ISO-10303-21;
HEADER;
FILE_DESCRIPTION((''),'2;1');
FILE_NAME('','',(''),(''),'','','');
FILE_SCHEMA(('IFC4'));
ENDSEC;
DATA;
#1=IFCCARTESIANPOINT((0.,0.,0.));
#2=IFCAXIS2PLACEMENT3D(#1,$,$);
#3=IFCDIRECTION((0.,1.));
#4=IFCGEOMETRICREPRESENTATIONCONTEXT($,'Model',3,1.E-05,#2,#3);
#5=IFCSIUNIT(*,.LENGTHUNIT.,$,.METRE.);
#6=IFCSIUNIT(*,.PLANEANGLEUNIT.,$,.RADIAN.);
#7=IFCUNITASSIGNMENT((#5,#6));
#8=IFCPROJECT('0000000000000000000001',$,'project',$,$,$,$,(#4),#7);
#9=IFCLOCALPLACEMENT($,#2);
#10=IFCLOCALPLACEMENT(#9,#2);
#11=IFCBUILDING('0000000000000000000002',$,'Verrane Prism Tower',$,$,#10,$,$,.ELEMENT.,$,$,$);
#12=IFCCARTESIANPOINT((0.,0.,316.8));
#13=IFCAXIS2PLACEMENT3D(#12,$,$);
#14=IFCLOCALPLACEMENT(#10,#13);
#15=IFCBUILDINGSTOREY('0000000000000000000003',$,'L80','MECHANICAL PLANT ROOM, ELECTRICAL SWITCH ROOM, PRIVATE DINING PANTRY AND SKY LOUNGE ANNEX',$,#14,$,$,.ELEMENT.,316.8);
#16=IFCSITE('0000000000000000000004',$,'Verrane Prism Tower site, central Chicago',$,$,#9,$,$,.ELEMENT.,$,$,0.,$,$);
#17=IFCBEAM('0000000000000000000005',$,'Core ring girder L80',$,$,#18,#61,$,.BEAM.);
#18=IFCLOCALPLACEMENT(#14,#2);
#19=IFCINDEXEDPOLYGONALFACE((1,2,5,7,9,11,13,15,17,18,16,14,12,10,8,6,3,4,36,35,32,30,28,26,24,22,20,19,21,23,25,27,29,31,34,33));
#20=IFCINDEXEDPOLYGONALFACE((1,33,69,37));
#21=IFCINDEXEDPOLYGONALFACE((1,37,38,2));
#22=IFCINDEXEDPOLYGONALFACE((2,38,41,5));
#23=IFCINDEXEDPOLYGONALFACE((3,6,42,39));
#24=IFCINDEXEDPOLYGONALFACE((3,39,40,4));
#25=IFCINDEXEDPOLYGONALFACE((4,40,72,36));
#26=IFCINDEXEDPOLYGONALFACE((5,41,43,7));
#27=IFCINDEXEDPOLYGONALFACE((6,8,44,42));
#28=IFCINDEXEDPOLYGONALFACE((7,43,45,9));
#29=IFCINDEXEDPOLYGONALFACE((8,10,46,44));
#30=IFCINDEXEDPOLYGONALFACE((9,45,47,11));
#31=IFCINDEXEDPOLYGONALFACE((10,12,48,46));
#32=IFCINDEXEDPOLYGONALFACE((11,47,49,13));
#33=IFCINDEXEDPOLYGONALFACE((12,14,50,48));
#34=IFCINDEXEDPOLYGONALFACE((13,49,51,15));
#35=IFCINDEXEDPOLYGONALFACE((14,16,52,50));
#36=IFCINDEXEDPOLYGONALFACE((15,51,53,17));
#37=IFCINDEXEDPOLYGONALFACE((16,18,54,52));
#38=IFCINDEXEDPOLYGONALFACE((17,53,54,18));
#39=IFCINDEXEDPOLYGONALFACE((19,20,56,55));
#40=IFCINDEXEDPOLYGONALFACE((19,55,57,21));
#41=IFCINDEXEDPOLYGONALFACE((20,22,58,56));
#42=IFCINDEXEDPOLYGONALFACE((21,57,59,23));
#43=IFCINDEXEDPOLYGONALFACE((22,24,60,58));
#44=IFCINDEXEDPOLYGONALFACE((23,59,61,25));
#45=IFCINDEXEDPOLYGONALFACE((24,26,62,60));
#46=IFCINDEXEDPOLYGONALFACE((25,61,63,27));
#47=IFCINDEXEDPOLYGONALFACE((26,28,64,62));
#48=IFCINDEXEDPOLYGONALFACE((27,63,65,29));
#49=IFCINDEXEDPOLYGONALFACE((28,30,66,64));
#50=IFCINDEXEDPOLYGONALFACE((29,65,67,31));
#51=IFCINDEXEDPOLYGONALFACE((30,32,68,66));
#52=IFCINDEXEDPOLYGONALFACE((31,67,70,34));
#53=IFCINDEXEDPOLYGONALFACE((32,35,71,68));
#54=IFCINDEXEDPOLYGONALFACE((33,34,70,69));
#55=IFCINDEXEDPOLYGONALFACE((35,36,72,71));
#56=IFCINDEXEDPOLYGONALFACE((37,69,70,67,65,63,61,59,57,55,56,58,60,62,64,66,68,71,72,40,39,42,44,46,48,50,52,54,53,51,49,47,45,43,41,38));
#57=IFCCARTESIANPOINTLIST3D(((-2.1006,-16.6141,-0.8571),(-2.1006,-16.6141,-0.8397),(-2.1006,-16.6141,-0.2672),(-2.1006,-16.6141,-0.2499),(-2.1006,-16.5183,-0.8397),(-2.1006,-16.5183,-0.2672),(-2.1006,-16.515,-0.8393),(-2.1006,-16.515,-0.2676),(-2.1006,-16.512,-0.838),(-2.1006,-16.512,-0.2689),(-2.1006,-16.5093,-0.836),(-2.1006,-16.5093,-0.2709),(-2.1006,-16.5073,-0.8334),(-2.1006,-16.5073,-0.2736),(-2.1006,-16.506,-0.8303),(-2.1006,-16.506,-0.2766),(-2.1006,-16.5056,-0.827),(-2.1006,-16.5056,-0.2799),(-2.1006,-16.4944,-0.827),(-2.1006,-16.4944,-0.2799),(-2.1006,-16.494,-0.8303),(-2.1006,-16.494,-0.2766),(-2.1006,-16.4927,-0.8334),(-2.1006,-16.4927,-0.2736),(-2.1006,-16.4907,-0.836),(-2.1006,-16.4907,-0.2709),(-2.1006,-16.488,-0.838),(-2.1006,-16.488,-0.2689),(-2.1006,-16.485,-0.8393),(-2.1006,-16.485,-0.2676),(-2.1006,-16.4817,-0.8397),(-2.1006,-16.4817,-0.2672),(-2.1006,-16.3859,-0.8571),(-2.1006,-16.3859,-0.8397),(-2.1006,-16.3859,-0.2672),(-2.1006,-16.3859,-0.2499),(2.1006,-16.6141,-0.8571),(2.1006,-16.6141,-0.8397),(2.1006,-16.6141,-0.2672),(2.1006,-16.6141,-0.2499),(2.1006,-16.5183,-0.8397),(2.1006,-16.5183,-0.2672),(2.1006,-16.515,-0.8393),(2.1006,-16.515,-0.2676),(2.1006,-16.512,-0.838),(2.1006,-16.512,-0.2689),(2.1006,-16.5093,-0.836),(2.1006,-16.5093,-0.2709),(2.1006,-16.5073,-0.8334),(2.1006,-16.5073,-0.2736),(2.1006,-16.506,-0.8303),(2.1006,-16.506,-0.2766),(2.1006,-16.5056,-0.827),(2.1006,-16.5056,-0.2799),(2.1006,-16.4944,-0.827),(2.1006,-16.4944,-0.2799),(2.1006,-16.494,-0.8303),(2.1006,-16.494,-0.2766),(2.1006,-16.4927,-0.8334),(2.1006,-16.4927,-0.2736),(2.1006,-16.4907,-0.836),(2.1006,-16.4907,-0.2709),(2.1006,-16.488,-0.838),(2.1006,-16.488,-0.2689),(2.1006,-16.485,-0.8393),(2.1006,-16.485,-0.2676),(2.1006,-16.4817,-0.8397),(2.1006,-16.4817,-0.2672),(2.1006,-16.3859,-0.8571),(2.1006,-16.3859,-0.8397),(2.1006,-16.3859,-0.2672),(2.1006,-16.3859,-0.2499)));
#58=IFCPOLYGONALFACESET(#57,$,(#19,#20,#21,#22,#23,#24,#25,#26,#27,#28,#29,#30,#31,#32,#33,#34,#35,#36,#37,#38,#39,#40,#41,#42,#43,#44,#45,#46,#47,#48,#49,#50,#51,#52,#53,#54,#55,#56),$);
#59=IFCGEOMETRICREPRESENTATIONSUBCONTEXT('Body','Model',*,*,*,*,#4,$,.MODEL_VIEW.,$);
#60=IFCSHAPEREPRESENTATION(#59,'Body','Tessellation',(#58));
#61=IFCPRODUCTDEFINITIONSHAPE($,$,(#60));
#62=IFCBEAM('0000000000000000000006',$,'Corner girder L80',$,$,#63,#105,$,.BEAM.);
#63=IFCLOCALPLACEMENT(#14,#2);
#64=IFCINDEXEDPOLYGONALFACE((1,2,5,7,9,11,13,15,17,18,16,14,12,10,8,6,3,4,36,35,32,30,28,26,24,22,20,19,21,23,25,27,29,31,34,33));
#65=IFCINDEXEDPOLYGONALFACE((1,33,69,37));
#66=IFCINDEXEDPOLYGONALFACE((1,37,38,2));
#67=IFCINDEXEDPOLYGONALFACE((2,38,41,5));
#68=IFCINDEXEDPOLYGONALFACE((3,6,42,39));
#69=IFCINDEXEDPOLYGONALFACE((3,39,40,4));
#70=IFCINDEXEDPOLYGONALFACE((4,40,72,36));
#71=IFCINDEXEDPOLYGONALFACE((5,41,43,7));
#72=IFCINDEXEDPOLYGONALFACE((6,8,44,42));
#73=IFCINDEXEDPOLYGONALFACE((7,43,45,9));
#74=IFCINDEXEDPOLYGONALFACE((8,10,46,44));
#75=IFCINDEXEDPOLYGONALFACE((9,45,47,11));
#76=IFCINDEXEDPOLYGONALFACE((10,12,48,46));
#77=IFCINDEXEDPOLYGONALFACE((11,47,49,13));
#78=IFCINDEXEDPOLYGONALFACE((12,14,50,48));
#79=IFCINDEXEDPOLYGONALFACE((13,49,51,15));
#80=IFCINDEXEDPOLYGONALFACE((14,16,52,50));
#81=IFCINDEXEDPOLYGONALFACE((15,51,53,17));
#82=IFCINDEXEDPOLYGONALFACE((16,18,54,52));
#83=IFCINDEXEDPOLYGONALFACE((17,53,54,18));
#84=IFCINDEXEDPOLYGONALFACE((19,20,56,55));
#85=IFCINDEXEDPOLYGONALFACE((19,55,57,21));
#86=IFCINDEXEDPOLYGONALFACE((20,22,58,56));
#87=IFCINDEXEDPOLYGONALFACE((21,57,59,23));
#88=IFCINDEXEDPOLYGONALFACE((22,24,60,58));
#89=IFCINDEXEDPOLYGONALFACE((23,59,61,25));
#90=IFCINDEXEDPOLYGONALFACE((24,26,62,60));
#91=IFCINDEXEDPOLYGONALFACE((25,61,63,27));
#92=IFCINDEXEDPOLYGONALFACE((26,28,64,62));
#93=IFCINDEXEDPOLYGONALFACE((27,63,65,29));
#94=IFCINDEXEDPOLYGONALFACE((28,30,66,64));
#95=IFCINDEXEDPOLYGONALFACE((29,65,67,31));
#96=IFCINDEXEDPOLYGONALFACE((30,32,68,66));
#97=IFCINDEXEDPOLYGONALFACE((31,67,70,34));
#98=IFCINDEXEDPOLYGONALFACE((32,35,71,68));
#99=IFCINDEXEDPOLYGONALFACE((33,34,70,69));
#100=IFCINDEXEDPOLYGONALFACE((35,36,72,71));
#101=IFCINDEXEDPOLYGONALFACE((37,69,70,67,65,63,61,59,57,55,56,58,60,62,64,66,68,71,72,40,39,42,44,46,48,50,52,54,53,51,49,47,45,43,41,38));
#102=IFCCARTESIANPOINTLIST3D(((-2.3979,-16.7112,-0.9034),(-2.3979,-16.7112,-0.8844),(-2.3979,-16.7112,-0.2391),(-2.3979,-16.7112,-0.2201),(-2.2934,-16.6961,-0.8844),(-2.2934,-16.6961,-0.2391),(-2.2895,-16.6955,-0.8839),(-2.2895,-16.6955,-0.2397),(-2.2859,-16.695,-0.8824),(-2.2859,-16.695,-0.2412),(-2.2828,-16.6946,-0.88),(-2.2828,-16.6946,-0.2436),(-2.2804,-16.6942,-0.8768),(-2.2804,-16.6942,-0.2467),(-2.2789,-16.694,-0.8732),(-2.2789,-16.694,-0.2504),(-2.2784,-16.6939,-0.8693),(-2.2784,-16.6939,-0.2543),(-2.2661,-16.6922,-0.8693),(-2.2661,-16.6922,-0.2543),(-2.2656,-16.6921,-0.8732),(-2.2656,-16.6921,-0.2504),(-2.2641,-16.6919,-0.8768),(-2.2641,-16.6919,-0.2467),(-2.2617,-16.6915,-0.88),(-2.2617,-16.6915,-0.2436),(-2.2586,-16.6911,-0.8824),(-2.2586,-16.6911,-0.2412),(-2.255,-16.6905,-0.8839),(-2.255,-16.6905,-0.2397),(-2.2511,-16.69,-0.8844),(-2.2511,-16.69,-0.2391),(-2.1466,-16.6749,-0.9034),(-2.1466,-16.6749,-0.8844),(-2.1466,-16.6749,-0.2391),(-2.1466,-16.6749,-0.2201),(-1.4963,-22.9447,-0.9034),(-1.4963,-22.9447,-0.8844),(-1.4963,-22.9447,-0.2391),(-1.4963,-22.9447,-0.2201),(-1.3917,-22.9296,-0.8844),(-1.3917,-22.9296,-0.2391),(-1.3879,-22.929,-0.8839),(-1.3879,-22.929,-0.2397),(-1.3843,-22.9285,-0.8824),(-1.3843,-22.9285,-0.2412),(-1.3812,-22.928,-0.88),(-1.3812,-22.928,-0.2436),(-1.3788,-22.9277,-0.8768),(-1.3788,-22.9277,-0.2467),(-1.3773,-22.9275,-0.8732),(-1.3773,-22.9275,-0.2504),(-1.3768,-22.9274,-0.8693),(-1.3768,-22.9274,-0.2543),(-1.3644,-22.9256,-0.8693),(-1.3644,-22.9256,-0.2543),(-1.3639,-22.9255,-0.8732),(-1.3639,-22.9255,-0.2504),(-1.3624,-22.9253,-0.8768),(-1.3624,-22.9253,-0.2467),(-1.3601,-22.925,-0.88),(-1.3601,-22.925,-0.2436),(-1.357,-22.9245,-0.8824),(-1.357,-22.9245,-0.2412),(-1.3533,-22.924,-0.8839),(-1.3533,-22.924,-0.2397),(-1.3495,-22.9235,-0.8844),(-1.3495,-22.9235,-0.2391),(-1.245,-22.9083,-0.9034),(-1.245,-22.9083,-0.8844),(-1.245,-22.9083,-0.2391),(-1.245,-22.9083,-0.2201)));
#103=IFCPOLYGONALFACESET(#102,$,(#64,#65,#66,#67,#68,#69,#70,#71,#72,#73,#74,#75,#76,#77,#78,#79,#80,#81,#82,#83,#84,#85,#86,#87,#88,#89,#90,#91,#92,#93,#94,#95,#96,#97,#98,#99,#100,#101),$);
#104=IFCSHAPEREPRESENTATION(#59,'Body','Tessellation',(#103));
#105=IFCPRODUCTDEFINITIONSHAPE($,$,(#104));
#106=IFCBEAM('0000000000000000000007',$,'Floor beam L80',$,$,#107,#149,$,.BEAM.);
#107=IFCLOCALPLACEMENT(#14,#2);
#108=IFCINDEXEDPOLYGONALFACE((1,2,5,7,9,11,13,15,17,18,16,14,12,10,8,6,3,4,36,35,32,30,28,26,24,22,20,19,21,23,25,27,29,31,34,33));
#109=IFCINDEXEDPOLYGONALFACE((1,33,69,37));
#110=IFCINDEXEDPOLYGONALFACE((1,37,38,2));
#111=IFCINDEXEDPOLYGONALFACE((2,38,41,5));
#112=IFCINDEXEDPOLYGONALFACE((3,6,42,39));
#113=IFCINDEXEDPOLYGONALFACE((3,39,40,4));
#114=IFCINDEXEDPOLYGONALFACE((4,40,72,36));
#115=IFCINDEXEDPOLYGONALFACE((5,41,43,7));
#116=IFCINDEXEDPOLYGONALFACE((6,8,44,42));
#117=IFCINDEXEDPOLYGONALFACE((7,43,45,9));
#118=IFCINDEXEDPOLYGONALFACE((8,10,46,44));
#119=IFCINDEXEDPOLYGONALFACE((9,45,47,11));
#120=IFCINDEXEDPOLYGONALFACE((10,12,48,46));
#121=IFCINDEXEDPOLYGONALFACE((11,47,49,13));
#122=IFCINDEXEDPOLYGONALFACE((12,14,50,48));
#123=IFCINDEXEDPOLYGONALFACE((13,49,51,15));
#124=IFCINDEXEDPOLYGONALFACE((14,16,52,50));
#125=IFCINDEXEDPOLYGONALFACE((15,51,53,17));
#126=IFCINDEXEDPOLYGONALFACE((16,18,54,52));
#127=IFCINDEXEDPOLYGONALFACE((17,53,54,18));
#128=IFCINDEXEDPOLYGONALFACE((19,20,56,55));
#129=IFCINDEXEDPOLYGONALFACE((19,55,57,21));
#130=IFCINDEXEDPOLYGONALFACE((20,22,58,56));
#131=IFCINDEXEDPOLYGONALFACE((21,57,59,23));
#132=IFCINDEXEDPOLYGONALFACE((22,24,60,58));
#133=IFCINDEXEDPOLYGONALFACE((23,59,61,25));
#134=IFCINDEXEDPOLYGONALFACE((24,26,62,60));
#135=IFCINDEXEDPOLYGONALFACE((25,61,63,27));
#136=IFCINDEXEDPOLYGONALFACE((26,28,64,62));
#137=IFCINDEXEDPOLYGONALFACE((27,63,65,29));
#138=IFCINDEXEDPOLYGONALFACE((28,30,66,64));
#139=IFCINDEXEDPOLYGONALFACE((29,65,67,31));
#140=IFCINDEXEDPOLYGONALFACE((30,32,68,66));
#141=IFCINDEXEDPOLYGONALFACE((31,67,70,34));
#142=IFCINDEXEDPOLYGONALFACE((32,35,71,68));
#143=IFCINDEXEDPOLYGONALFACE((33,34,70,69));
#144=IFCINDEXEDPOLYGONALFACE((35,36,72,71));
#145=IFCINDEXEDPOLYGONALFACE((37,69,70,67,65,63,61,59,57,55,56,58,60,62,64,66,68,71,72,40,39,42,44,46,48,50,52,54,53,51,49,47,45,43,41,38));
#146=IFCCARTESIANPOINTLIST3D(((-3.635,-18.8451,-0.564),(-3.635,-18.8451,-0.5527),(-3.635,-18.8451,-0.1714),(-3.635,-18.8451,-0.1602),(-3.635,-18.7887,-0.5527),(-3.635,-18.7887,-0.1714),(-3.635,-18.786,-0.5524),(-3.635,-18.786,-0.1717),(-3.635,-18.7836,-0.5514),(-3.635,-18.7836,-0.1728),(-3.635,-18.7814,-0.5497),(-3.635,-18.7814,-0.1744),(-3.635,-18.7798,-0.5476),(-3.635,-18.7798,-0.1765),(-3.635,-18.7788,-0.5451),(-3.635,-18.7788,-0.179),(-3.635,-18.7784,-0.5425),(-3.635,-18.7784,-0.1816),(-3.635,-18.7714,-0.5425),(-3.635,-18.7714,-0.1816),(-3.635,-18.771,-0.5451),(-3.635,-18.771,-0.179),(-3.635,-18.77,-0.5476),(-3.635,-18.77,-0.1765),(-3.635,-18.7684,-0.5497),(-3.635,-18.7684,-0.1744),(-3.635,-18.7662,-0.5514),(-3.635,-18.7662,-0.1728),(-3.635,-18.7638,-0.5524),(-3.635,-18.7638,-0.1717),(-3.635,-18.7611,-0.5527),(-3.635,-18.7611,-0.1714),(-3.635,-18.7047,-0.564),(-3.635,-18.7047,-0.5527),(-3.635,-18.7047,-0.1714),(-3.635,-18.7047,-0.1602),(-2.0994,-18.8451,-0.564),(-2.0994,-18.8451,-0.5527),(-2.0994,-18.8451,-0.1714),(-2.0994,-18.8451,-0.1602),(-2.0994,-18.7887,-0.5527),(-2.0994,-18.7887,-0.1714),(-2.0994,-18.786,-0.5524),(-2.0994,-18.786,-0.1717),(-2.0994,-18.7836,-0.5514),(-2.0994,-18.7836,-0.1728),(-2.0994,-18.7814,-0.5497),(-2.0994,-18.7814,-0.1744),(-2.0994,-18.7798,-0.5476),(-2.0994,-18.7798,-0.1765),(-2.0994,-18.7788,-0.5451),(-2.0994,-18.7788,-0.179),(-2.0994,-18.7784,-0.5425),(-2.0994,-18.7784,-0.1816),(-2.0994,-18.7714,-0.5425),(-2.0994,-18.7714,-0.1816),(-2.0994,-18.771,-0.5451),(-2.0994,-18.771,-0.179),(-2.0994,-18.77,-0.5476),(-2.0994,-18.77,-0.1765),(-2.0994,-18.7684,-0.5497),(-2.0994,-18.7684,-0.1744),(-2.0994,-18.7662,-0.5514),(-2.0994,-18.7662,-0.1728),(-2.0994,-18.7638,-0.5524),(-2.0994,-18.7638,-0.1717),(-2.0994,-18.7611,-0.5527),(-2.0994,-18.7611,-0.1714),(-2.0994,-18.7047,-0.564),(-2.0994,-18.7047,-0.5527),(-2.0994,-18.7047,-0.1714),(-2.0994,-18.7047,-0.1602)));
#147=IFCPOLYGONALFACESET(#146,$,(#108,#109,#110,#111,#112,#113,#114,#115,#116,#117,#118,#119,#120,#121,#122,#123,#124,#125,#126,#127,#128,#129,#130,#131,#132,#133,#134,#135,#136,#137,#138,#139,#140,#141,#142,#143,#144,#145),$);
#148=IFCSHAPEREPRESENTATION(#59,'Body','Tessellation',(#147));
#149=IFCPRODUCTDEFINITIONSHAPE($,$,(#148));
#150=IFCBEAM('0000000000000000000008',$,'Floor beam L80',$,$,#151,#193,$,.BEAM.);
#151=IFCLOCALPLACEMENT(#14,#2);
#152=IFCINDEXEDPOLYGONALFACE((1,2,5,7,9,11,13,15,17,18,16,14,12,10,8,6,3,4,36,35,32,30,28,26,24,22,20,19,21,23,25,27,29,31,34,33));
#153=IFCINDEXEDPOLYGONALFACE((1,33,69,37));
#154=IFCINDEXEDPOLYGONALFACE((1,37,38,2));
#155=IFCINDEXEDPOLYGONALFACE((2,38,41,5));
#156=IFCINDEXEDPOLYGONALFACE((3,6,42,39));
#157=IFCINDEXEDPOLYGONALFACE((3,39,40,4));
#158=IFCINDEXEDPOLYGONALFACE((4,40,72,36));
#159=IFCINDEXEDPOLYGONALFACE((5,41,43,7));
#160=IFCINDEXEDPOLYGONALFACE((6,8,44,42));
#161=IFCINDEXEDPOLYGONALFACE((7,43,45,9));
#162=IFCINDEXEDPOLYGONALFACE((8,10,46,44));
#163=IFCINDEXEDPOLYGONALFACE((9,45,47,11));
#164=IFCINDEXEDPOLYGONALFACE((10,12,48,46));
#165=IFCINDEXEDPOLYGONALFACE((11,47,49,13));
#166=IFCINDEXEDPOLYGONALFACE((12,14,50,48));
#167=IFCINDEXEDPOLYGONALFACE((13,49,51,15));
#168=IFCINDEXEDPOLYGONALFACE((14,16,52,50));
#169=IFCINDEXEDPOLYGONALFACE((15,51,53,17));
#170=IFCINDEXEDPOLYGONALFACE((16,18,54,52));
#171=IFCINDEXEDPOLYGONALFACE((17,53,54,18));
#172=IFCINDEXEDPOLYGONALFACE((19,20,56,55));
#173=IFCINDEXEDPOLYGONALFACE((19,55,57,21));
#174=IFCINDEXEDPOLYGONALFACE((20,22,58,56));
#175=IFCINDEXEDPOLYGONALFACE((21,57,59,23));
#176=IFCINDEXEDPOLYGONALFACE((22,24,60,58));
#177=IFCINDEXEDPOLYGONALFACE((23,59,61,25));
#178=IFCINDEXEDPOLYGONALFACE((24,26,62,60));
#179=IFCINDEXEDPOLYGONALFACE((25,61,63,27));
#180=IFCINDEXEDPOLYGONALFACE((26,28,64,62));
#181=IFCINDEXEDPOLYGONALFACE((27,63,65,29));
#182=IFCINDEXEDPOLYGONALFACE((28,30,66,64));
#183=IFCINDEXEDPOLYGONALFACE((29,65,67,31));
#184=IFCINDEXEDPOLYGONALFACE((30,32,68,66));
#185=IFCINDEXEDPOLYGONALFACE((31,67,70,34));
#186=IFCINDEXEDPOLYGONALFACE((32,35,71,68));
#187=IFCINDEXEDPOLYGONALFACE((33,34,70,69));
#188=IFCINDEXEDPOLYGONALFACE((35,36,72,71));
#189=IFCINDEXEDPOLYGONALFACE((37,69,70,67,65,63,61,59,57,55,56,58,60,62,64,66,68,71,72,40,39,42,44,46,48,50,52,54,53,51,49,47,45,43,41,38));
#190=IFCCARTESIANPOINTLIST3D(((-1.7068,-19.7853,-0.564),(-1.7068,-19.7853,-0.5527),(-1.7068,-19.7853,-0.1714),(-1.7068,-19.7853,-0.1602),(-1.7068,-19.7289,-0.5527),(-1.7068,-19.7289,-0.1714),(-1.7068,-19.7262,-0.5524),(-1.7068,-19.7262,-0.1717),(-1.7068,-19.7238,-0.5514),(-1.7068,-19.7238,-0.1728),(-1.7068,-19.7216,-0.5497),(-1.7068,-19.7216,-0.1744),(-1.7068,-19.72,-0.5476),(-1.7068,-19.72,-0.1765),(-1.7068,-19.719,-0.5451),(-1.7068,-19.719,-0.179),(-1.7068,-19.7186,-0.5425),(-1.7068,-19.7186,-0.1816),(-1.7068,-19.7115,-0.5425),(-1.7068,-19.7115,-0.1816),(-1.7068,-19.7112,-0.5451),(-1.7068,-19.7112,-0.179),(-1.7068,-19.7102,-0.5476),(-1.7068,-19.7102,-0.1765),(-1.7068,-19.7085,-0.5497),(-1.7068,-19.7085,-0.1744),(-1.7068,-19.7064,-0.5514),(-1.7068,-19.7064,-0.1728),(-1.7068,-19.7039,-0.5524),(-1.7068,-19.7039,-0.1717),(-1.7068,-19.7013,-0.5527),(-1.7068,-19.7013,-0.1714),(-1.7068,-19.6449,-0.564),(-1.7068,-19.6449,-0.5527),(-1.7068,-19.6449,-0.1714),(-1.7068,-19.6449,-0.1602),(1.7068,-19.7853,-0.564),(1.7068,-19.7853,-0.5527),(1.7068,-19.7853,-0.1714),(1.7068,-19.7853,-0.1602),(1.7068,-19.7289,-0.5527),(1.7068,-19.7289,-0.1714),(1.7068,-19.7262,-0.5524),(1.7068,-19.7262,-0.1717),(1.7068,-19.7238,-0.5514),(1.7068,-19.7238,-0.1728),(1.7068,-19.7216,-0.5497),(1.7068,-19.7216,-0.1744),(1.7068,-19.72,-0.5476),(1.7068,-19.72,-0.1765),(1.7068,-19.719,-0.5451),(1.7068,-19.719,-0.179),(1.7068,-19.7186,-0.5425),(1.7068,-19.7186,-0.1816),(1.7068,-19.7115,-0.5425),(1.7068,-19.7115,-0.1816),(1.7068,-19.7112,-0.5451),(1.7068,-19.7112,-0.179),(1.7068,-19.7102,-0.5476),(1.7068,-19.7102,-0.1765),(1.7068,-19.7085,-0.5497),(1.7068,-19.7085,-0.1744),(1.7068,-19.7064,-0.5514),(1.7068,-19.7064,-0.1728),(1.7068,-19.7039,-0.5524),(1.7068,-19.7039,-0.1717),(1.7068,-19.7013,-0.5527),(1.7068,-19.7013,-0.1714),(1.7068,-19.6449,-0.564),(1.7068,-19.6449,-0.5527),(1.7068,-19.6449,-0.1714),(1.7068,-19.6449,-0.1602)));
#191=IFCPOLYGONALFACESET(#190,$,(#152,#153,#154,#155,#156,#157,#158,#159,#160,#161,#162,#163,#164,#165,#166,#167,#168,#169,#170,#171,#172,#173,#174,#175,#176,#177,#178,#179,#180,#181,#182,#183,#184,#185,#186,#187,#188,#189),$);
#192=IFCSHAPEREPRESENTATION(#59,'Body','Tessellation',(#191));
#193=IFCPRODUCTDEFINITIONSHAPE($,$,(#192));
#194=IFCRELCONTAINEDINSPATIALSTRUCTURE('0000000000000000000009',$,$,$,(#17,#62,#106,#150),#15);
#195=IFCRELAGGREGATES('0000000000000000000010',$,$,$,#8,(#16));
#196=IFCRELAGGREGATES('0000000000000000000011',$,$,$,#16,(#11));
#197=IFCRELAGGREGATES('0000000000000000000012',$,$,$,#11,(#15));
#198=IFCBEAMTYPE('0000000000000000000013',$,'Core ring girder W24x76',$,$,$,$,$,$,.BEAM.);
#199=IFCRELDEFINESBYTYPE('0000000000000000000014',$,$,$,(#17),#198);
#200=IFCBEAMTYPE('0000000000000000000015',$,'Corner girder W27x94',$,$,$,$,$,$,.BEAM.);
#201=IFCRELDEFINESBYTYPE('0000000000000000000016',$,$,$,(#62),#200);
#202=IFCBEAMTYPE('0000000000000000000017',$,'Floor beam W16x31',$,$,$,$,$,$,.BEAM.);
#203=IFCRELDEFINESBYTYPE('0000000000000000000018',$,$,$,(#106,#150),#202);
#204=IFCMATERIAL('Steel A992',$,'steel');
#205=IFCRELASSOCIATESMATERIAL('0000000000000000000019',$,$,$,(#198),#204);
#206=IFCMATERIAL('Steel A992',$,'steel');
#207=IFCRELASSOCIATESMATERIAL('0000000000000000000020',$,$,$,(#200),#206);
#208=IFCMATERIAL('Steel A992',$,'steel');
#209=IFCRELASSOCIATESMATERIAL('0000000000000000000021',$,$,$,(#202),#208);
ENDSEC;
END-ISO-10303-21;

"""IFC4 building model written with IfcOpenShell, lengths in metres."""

from ifc_helpers import new_model, si_unit, direction, frame, origin, origin_2d, place, context, subcontext, project, spatial, i_section, extrude, material, material_profile, profile_set, type_object, element, save


model = new_model("IFC4")

# Units and contexts
model_context = context("Model", 3, precision=1e-05, world=origin(), true_north=direction((0.0, 1.0)))
body_context = subcontext(model_context, "Body", "Model", "MODEL_VIEW")
ifc_project = project(units=[si_unit("LENGTHUNIT", "METRE"), si_unit("PLANEANGLEUNIT", "RADIAN")], contexts=[model_context])

# Site, building, storey
site_placement = place(None, origin())
site = spatial("IfcSite", under=ifc_project, at=site_placement, Name="Verrane Prism Tower site, central Chicago", CompositionType="ELEMENT", RefElevation=0.0)
building_placement = place(site_placement, origin())
building = spatial("IfcBuilding", under=site, at=building_placement, Name="Verrane Prism Tower", CompositionType="ELEMENT")
storey_placement = place(building_placement, frame((0.0, 0.0, 316.8)))
storey = spatial("IfcBuildingStorey", under=building, at=storey_placement, Name="L80", Description="MECHANICAL PLANT ROOM, ELECTRICAL SWITCH ROOM, PRIVATE DINING PANTRY AND SKY LOUNGE ANNEX", CompositionType="ELEMENT", Elevation=316.8)

# Beams
ifc_material_1 = material(Name="Steel A992", Category="steel")
ifc_material_profile_1 = material_profile(ifc_material_1, i_section(OverallWidth=0.2283, OverallDepth=0.6072, WebThickness=0.0112, FlangeThickness=0.0173, FilletRadius=0.0127, at=origin_2d()), Name="W24x76")
ifc_profile_set_1 = profile_set([ifc_material_profile_1], Name="Steel A992")
beam_type_1 = type_object("IfcBeamType", Name="Core ring girder W24x76", PredefinedType="BEAM", material=ifc_profile_set_1)
beam_1_placement = place(storey_placement, frame((-2.1006, -16.5, -0.5535), z_axis=(1.0, 0.0, 0.0), x_axis=(0.0, 1.0, 0.0)))
element("IfcBeam", 1, at=beam_1_placement, inside=storey, type_object=beam_type_1, Name="Core ring girder L80", PredefinedType="BEAM", context=body_context, shape_type="SweptSolid", body=[
    extrude(i_section(OverallWidth=0.2283, OverallDepth=0.6072, WebThickness=0.0112, FlangeThickness=0.0173, FilletRadius=0.0127, at=origin_2d()), origin(), (0.0, 0.0, 1.0), 4.2012),
])
ifc_material_2 = material(Name="Steel A992", Category="steel")
ifc_material_profile_2 = material_profile(ifc_material_2, i_section(OverallWidth=0.2539, OverallDepth=0.6833, WebThickness=0.0125, FlangeThickness=0.019, FilletRadius=0.0151, at=origin_2d()), Name="W27x94")
ifc_profile_set_2 = profile_set([ifc_material_profile_2], Name="Steel A992")
beam_type_2 = type_object("IfcBeamType", Name="Corner girder W27x94", PredefinedType="BEAM", material=ifc_profile_set_2)
beam_2_placement = place(storey_placement, frame((-1.3706, -22.9265, -0.5618), z_axis=(-0.143152, 0.989701, 0.0), x_axis=(-0.989701, -0.143152, 0.0)))
element("IfcBeam", 2, at=beam_2_placement, inside=storey, type_object=beam_type_2, Name="Corner girder L80", PredefinedType="BEAM", context=body_context, shape_type="SweptSolid", body=[
    extrude(i_section(OverallWidth=0.2539, OverallDepth=0.6833, WebThickness=0.0125, FlangeThickness=0.019, FilletRadius=0.0151, at=origin_2d()), origin(), (0.0, 0.0, 1.0), 6.2983),
])
ifc_material_3 = material(Name="Steel A992", Category="steel")
ifc_material_profile_3 = material_profile(ifc_material_3, i_section(OverallWidth=0.1404, OverallDepth=0.4038, WebThickness=0.0071, FlangeThickness=0.0112, FilletRadius=0.0103, at=origin_2d()), Name="W16x31")
ifc_profile_set_3 = profile_set([ifc_material_profile_3], Name="Steel A992")
beam_type_3 = type_object("IfcBeamType", Name="Floor beam W16x31", PredefinedType="BEAM", material=ifc_profile_set_3)
beam_3_placement = place(storey_placement, frame((-3.635, -18.7749, -0.3621), z_axis=(1.0, 0.0, 0.0), x_axis=(0.0, 1.0, 0.0)))
element("IfcBeam", 3, at=beam_3_placement, inside=storey, type_object=beam_type_3, Name="Floor beam L80", PredefinedType="BEAM", context=body_context, shape_type="SweptSolid", body=[
    extrude(i_section(OverallWidth=0.1404, OverallDepth=0.4038, WebThickness=0.0071, FlangeThickness=0.0112, FilletRadius=0.0103, at=origin_2d()), origin(), (0.0, 0.0, 1.0), 1.5356),
])
beam_4_placement = place(storey_placement, frame((-1.7068, -19.7151, -0.3621), z_axis=(1.0, 0.0, 0.0), x_axis=(0.0, 1.0, 0.0)))
element("IfcBeam", 4, at=beam_4_placement, inside=storey, type_object=beam_type_3, Name="Floor beam L80", PredefinedType="BEAM", context=body_context, shape_type="SweptSolid", body=[
    extrude(i_section(OverallWidth=0.1404, OverallDepth=0.4038, WebThickness=0.0071, FlangeThickness=0.0112, FilletRadius=0.0103, at=origin_2d()), origin(), (0.0, 0.0, 1.0), 3.4136),
])

save(model, "model.ifc")
